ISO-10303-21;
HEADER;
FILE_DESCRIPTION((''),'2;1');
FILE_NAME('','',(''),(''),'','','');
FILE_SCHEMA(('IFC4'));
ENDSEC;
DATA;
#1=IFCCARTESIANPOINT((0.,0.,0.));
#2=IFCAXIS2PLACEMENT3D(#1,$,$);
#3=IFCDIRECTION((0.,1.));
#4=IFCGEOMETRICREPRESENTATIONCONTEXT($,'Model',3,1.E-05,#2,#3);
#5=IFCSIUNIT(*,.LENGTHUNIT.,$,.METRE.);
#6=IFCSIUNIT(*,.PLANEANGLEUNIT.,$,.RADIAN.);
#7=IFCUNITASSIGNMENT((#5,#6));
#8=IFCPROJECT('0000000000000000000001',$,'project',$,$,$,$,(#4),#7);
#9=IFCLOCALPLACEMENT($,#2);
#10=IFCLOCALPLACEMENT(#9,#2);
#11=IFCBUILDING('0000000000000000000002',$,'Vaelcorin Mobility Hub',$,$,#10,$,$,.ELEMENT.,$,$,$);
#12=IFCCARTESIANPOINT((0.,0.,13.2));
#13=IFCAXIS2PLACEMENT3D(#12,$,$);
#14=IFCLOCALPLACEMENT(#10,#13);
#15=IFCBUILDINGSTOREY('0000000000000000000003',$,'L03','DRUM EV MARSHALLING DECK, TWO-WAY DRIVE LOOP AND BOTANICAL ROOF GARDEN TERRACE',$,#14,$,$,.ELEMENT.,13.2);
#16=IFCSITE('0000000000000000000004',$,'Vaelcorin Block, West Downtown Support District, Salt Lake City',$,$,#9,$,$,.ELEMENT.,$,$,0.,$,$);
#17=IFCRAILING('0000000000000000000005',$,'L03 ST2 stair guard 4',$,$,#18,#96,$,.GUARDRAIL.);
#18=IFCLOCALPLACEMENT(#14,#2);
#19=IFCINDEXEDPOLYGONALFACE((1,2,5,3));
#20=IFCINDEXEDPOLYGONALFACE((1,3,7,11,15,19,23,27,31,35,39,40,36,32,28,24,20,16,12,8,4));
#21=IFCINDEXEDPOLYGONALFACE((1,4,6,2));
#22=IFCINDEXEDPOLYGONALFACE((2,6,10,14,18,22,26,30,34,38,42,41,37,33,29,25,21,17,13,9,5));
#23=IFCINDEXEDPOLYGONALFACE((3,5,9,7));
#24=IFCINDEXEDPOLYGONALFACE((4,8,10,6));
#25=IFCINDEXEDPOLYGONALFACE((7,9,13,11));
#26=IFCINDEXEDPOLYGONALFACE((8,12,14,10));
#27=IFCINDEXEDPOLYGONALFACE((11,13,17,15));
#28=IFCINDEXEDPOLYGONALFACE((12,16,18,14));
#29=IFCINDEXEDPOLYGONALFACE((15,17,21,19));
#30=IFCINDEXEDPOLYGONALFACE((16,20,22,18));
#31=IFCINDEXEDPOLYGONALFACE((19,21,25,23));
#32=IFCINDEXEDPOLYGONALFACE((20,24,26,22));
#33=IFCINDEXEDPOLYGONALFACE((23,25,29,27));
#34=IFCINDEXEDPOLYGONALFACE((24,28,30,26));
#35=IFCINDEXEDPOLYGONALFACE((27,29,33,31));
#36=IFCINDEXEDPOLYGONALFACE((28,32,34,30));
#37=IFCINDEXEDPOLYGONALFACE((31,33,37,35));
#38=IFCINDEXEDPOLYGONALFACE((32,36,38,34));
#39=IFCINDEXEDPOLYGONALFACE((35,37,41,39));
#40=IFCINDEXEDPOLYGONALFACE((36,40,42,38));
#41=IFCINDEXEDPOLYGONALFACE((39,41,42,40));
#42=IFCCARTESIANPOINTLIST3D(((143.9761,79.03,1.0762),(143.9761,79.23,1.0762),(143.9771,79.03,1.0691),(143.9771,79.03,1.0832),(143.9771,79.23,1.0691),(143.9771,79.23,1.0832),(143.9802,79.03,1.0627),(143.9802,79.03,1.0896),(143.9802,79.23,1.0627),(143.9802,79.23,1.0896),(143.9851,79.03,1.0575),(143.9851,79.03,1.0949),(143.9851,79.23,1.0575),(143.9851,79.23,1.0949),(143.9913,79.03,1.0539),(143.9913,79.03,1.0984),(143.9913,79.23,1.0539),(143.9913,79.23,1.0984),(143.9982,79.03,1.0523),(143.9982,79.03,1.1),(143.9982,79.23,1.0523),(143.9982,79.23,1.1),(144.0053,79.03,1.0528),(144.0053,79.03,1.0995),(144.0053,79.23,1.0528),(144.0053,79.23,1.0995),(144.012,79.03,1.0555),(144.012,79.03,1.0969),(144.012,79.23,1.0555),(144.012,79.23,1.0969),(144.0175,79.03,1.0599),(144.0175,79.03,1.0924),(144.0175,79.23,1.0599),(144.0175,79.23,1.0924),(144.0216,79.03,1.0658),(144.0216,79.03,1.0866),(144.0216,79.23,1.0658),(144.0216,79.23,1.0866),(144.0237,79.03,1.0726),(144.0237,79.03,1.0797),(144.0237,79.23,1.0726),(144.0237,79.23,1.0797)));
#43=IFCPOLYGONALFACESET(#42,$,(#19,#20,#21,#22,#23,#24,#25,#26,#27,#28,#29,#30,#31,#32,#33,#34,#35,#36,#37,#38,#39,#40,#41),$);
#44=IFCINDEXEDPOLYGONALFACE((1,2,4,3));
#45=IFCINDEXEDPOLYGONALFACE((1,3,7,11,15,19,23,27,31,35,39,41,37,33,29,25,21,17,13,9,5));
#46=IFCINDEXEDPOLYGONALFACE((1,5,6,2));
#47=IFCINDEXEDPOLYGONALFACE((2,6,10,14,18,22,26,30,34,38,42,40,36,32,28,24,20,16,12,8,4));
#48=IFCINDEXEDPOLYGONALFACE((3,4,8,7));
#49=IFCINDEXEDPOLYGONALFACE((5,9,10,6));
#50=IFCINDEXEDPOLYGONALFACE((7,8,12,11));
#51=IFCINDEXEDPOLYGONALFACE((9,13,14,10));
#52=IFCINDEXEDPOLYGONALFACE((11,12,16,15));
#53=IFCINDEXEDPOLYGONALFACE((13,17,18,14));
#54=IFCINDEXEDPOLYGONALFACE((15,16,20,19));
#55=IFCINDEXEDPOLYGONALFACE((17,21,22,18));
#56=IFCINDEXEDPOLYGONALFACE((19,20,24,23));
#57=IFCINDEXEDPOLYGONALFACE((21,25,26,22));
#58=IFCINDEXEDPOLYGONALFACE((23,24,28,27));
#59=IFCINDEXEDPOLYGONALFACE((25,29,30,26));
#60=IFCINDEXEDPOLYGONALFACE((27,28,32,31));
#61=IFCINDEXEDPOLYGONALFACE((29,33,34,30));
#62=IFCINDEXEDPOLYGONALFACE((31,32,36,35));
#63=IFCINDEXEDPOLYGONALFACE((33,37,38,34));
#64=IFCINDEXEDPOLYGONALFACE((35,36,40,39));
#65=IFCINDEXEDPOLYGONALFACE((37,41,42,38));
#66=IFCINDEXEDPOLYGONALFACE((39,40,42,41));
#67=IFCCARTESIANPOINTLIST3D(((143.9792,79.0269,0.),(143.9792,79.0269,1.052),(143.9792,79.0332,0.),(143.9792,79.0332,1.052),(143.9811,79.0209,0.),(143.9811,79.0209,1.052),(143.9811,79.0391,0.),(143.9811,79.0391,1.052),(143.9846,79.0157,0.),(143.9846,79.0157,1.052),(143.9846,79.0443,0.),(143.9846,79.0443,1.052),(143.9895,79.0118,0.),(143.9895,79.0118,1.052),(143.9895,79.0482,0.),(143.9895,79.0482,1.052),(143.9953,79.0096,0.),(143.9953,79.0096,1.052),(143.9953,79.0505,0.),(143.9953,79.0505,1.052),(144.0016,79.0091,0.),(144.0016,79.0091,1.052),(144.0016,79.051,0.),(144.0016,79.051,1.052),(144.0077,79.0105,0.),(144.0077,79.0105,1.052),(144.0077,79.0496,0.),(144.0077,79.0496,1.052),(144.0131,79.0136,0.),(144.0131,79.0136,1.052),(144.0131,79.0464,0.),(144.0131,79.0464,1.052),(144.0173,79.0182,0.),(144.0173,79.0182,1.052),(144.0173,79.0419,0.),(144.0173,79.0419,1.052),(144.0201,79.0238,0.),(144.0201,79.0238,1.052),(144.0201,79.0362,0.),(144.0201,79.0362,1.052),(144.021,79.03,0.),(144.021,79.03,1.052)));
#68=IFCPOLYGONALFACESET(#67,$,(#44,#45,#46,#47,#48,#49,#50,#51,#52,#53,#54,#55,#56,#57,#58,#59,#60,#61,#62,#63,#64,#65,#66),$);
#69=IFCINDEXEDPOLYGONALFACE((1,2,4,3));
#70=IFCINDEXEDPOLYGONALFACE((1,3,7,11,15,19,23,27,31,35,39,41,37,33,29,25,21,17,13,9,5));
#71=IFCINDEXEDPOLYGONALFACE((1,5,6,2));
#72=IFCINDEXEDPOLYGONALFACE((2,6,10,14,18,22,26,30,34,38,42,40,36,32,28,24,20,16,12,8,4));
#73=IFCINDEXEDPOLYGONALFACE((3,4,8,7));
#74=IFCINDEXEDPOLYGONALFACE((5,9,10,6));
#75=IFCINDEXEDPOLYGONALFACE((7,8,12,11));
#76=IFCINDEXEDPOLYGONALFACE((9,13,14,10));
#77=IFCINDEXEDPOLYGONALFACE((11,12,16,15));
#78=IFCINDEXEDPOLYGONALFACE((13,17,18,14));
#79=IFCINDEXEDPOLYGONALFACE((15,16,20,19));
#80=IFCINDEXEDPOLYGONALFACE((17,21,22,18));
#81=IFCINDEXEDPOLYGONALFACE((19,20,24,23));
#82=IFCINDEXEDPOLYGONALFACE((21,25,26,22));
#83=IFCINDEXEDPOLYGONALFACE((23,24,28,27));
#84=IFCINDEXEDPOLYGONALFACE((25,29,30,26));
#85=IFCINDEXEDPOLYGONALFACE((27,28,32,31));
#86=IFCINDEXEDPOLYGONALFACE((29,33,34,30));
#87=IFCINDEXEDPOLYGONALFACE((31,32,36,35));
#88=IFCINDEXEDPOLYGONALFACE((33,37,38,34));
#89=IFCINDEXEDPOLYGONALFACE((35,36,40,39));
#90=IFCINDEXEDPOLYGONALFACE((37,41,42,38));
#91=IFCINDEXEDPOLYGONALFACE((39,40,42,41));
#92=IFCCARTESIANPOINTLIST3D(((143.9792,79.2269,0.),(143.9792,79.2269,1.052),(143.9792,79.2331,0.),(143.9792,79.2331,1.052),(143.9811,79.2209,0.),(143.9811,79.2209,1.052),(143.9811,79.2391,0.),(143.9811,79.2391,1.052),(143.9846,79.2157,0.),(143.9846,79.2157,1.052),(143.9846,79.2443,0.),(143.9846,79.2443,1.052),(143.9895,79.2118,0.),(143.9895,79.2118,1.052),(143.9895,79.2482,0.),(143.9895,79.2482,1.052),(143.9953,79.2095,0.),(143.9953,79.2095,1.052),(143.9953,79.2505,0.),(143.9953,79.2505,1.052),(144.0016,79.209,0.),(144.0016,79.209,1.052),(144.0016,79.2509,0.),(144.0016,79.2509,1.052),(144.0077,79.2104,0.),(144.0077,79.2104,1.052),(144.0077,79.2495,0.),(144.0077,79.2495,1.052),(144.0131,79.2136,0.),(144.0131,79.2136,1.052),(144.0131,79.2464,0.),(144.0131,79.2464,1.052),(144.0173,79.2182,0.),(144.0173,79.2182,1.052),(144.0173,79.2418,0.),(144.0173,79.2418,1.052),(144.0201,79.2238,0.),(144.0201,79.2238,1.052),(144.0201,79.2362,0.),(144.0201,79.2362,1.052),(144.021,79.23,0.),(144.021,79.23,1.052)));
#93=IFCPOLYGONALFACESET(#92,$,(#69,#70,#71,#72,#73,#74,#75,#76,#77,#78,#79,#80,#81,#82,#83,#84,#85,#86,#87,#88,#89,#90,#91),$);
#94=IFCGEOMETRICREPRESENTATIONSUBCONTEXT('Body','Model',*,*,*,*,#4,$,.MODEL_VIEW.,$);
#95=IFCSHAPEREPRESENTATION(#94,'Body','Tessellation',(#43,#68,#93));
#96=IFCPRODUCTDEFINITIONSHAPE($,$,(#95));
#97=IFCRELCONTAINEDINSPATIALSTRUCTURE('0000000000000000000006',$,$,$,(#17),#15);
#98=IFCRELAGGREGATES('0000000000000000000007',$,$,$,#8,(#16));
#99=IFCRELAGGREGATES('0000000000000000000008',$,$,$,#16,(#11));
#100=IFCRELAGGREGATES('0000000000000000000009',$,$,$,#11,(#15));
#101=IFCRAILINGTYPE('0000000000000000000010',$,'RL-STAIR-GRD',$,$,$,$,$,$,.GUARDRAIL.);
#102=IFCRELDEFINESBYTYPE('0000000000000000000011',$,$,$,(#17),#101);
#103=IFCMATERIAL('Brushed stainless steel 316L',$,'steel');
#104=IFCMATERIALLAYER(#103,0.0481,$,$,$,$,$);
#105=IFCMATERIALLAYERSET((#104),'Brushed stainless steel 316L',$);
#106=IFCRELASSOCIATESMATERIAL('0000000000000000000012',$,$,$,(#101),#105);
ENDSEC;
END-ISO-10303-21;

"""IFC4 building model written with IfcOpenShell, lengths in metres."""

from ifc_helpers import new_model, si_unit, direction, frame, origin, origin_2d, place, context, subcontext, project, spatial, circle, extrude, material, layer, layer_set, type_object, element, save


model = new_model("IFC4")

# Units and contexts
model_context = context("Model", 3, precision=1e-05, world=origin(), true_north=direction((0.0, 1.0)))
body_context = subcontext(model_context, "Body", "Model", "MODEL_VIEW")
ifc_project = project(units=[si_unit("LENGTHUNIT", "METRE"), si_unit("PLANEANGLEUNIT", "RADIAN")], contexts=[model_context])

# Site, building, storey
site_placement = place(None, origin())
site = spatial("IfcSite", under=ifc_project, at=site_placement, Name="Vaelcorin Block, West Downtown Support District, Salt Lake City", CompositionType="ELEMENT", RefElevation=0.0)
building_placement = place(site_placement, origin())
building = spatial("IfcBuilding", under=site, at=building_placement, Name="Vaelcorin Mobility Hub", CompositionType="ELEMENT")
storey_placement = place(building_placement, frame((0.0, 0.0, 13.2)))
storey = spatial("IfcBuildingStorey", under=building, at=storey_placement, Name="L03", Description="DRUM EV MARSHALLING DECK, TWO-WAY DRIVE LOOP AND BOTANICAL ROOF GARDEN TERRACE", CompositionType="ELEMENT", Elevation=13.2)

# Railing
ifc_material_1 = material(Name="Brushed stainless steel 316L", Category="steel")
ifc_layer_1 = layer(ifc_material_1, 0.0481)
ifc_layer_set_1 = layer_set([ifc_layer_1], Name="Brushed stainless steel 316L")
railing_type_1 = type_object("IfcRailingType", Name="RL-STAIR-GRD", PredefinedType="GUARDRAIL", material=ifc_layer_set_1)
railing_1_placement = place(storey_placement, frame((144.0, 79.03, 0.0)))
element("IfcRailing", 1, at=railing_1_placement, inside=storey, type_object=railing_type_1, Name="L03 ST2 stair guard 4", PredefinedType="GUARDRAIL", context=body_context, shape_type="SweptSolid", body=[
    extrude(circle(Radius=0.0239, at=origin_2d()), frame((0.0, 0.0, 1.0762), z_axis=(0.0, 1.0, 0.0), x_axis=(-1.0, 0.0, 0.0)), (0.0, 0.0, 1.0), 0.2),
    extrude(circle(Radius=0.021, at=origin_2d()), origin(), (0.0, 0.0, 1.0), 1.052),
    extrude(circle(Radius=0.021, at=origin_2d()), frame((0.0, 0.2, 0.0)), (0.0, 0.0, 1.0), 1.052),
])

save(model, "model.ifc")
